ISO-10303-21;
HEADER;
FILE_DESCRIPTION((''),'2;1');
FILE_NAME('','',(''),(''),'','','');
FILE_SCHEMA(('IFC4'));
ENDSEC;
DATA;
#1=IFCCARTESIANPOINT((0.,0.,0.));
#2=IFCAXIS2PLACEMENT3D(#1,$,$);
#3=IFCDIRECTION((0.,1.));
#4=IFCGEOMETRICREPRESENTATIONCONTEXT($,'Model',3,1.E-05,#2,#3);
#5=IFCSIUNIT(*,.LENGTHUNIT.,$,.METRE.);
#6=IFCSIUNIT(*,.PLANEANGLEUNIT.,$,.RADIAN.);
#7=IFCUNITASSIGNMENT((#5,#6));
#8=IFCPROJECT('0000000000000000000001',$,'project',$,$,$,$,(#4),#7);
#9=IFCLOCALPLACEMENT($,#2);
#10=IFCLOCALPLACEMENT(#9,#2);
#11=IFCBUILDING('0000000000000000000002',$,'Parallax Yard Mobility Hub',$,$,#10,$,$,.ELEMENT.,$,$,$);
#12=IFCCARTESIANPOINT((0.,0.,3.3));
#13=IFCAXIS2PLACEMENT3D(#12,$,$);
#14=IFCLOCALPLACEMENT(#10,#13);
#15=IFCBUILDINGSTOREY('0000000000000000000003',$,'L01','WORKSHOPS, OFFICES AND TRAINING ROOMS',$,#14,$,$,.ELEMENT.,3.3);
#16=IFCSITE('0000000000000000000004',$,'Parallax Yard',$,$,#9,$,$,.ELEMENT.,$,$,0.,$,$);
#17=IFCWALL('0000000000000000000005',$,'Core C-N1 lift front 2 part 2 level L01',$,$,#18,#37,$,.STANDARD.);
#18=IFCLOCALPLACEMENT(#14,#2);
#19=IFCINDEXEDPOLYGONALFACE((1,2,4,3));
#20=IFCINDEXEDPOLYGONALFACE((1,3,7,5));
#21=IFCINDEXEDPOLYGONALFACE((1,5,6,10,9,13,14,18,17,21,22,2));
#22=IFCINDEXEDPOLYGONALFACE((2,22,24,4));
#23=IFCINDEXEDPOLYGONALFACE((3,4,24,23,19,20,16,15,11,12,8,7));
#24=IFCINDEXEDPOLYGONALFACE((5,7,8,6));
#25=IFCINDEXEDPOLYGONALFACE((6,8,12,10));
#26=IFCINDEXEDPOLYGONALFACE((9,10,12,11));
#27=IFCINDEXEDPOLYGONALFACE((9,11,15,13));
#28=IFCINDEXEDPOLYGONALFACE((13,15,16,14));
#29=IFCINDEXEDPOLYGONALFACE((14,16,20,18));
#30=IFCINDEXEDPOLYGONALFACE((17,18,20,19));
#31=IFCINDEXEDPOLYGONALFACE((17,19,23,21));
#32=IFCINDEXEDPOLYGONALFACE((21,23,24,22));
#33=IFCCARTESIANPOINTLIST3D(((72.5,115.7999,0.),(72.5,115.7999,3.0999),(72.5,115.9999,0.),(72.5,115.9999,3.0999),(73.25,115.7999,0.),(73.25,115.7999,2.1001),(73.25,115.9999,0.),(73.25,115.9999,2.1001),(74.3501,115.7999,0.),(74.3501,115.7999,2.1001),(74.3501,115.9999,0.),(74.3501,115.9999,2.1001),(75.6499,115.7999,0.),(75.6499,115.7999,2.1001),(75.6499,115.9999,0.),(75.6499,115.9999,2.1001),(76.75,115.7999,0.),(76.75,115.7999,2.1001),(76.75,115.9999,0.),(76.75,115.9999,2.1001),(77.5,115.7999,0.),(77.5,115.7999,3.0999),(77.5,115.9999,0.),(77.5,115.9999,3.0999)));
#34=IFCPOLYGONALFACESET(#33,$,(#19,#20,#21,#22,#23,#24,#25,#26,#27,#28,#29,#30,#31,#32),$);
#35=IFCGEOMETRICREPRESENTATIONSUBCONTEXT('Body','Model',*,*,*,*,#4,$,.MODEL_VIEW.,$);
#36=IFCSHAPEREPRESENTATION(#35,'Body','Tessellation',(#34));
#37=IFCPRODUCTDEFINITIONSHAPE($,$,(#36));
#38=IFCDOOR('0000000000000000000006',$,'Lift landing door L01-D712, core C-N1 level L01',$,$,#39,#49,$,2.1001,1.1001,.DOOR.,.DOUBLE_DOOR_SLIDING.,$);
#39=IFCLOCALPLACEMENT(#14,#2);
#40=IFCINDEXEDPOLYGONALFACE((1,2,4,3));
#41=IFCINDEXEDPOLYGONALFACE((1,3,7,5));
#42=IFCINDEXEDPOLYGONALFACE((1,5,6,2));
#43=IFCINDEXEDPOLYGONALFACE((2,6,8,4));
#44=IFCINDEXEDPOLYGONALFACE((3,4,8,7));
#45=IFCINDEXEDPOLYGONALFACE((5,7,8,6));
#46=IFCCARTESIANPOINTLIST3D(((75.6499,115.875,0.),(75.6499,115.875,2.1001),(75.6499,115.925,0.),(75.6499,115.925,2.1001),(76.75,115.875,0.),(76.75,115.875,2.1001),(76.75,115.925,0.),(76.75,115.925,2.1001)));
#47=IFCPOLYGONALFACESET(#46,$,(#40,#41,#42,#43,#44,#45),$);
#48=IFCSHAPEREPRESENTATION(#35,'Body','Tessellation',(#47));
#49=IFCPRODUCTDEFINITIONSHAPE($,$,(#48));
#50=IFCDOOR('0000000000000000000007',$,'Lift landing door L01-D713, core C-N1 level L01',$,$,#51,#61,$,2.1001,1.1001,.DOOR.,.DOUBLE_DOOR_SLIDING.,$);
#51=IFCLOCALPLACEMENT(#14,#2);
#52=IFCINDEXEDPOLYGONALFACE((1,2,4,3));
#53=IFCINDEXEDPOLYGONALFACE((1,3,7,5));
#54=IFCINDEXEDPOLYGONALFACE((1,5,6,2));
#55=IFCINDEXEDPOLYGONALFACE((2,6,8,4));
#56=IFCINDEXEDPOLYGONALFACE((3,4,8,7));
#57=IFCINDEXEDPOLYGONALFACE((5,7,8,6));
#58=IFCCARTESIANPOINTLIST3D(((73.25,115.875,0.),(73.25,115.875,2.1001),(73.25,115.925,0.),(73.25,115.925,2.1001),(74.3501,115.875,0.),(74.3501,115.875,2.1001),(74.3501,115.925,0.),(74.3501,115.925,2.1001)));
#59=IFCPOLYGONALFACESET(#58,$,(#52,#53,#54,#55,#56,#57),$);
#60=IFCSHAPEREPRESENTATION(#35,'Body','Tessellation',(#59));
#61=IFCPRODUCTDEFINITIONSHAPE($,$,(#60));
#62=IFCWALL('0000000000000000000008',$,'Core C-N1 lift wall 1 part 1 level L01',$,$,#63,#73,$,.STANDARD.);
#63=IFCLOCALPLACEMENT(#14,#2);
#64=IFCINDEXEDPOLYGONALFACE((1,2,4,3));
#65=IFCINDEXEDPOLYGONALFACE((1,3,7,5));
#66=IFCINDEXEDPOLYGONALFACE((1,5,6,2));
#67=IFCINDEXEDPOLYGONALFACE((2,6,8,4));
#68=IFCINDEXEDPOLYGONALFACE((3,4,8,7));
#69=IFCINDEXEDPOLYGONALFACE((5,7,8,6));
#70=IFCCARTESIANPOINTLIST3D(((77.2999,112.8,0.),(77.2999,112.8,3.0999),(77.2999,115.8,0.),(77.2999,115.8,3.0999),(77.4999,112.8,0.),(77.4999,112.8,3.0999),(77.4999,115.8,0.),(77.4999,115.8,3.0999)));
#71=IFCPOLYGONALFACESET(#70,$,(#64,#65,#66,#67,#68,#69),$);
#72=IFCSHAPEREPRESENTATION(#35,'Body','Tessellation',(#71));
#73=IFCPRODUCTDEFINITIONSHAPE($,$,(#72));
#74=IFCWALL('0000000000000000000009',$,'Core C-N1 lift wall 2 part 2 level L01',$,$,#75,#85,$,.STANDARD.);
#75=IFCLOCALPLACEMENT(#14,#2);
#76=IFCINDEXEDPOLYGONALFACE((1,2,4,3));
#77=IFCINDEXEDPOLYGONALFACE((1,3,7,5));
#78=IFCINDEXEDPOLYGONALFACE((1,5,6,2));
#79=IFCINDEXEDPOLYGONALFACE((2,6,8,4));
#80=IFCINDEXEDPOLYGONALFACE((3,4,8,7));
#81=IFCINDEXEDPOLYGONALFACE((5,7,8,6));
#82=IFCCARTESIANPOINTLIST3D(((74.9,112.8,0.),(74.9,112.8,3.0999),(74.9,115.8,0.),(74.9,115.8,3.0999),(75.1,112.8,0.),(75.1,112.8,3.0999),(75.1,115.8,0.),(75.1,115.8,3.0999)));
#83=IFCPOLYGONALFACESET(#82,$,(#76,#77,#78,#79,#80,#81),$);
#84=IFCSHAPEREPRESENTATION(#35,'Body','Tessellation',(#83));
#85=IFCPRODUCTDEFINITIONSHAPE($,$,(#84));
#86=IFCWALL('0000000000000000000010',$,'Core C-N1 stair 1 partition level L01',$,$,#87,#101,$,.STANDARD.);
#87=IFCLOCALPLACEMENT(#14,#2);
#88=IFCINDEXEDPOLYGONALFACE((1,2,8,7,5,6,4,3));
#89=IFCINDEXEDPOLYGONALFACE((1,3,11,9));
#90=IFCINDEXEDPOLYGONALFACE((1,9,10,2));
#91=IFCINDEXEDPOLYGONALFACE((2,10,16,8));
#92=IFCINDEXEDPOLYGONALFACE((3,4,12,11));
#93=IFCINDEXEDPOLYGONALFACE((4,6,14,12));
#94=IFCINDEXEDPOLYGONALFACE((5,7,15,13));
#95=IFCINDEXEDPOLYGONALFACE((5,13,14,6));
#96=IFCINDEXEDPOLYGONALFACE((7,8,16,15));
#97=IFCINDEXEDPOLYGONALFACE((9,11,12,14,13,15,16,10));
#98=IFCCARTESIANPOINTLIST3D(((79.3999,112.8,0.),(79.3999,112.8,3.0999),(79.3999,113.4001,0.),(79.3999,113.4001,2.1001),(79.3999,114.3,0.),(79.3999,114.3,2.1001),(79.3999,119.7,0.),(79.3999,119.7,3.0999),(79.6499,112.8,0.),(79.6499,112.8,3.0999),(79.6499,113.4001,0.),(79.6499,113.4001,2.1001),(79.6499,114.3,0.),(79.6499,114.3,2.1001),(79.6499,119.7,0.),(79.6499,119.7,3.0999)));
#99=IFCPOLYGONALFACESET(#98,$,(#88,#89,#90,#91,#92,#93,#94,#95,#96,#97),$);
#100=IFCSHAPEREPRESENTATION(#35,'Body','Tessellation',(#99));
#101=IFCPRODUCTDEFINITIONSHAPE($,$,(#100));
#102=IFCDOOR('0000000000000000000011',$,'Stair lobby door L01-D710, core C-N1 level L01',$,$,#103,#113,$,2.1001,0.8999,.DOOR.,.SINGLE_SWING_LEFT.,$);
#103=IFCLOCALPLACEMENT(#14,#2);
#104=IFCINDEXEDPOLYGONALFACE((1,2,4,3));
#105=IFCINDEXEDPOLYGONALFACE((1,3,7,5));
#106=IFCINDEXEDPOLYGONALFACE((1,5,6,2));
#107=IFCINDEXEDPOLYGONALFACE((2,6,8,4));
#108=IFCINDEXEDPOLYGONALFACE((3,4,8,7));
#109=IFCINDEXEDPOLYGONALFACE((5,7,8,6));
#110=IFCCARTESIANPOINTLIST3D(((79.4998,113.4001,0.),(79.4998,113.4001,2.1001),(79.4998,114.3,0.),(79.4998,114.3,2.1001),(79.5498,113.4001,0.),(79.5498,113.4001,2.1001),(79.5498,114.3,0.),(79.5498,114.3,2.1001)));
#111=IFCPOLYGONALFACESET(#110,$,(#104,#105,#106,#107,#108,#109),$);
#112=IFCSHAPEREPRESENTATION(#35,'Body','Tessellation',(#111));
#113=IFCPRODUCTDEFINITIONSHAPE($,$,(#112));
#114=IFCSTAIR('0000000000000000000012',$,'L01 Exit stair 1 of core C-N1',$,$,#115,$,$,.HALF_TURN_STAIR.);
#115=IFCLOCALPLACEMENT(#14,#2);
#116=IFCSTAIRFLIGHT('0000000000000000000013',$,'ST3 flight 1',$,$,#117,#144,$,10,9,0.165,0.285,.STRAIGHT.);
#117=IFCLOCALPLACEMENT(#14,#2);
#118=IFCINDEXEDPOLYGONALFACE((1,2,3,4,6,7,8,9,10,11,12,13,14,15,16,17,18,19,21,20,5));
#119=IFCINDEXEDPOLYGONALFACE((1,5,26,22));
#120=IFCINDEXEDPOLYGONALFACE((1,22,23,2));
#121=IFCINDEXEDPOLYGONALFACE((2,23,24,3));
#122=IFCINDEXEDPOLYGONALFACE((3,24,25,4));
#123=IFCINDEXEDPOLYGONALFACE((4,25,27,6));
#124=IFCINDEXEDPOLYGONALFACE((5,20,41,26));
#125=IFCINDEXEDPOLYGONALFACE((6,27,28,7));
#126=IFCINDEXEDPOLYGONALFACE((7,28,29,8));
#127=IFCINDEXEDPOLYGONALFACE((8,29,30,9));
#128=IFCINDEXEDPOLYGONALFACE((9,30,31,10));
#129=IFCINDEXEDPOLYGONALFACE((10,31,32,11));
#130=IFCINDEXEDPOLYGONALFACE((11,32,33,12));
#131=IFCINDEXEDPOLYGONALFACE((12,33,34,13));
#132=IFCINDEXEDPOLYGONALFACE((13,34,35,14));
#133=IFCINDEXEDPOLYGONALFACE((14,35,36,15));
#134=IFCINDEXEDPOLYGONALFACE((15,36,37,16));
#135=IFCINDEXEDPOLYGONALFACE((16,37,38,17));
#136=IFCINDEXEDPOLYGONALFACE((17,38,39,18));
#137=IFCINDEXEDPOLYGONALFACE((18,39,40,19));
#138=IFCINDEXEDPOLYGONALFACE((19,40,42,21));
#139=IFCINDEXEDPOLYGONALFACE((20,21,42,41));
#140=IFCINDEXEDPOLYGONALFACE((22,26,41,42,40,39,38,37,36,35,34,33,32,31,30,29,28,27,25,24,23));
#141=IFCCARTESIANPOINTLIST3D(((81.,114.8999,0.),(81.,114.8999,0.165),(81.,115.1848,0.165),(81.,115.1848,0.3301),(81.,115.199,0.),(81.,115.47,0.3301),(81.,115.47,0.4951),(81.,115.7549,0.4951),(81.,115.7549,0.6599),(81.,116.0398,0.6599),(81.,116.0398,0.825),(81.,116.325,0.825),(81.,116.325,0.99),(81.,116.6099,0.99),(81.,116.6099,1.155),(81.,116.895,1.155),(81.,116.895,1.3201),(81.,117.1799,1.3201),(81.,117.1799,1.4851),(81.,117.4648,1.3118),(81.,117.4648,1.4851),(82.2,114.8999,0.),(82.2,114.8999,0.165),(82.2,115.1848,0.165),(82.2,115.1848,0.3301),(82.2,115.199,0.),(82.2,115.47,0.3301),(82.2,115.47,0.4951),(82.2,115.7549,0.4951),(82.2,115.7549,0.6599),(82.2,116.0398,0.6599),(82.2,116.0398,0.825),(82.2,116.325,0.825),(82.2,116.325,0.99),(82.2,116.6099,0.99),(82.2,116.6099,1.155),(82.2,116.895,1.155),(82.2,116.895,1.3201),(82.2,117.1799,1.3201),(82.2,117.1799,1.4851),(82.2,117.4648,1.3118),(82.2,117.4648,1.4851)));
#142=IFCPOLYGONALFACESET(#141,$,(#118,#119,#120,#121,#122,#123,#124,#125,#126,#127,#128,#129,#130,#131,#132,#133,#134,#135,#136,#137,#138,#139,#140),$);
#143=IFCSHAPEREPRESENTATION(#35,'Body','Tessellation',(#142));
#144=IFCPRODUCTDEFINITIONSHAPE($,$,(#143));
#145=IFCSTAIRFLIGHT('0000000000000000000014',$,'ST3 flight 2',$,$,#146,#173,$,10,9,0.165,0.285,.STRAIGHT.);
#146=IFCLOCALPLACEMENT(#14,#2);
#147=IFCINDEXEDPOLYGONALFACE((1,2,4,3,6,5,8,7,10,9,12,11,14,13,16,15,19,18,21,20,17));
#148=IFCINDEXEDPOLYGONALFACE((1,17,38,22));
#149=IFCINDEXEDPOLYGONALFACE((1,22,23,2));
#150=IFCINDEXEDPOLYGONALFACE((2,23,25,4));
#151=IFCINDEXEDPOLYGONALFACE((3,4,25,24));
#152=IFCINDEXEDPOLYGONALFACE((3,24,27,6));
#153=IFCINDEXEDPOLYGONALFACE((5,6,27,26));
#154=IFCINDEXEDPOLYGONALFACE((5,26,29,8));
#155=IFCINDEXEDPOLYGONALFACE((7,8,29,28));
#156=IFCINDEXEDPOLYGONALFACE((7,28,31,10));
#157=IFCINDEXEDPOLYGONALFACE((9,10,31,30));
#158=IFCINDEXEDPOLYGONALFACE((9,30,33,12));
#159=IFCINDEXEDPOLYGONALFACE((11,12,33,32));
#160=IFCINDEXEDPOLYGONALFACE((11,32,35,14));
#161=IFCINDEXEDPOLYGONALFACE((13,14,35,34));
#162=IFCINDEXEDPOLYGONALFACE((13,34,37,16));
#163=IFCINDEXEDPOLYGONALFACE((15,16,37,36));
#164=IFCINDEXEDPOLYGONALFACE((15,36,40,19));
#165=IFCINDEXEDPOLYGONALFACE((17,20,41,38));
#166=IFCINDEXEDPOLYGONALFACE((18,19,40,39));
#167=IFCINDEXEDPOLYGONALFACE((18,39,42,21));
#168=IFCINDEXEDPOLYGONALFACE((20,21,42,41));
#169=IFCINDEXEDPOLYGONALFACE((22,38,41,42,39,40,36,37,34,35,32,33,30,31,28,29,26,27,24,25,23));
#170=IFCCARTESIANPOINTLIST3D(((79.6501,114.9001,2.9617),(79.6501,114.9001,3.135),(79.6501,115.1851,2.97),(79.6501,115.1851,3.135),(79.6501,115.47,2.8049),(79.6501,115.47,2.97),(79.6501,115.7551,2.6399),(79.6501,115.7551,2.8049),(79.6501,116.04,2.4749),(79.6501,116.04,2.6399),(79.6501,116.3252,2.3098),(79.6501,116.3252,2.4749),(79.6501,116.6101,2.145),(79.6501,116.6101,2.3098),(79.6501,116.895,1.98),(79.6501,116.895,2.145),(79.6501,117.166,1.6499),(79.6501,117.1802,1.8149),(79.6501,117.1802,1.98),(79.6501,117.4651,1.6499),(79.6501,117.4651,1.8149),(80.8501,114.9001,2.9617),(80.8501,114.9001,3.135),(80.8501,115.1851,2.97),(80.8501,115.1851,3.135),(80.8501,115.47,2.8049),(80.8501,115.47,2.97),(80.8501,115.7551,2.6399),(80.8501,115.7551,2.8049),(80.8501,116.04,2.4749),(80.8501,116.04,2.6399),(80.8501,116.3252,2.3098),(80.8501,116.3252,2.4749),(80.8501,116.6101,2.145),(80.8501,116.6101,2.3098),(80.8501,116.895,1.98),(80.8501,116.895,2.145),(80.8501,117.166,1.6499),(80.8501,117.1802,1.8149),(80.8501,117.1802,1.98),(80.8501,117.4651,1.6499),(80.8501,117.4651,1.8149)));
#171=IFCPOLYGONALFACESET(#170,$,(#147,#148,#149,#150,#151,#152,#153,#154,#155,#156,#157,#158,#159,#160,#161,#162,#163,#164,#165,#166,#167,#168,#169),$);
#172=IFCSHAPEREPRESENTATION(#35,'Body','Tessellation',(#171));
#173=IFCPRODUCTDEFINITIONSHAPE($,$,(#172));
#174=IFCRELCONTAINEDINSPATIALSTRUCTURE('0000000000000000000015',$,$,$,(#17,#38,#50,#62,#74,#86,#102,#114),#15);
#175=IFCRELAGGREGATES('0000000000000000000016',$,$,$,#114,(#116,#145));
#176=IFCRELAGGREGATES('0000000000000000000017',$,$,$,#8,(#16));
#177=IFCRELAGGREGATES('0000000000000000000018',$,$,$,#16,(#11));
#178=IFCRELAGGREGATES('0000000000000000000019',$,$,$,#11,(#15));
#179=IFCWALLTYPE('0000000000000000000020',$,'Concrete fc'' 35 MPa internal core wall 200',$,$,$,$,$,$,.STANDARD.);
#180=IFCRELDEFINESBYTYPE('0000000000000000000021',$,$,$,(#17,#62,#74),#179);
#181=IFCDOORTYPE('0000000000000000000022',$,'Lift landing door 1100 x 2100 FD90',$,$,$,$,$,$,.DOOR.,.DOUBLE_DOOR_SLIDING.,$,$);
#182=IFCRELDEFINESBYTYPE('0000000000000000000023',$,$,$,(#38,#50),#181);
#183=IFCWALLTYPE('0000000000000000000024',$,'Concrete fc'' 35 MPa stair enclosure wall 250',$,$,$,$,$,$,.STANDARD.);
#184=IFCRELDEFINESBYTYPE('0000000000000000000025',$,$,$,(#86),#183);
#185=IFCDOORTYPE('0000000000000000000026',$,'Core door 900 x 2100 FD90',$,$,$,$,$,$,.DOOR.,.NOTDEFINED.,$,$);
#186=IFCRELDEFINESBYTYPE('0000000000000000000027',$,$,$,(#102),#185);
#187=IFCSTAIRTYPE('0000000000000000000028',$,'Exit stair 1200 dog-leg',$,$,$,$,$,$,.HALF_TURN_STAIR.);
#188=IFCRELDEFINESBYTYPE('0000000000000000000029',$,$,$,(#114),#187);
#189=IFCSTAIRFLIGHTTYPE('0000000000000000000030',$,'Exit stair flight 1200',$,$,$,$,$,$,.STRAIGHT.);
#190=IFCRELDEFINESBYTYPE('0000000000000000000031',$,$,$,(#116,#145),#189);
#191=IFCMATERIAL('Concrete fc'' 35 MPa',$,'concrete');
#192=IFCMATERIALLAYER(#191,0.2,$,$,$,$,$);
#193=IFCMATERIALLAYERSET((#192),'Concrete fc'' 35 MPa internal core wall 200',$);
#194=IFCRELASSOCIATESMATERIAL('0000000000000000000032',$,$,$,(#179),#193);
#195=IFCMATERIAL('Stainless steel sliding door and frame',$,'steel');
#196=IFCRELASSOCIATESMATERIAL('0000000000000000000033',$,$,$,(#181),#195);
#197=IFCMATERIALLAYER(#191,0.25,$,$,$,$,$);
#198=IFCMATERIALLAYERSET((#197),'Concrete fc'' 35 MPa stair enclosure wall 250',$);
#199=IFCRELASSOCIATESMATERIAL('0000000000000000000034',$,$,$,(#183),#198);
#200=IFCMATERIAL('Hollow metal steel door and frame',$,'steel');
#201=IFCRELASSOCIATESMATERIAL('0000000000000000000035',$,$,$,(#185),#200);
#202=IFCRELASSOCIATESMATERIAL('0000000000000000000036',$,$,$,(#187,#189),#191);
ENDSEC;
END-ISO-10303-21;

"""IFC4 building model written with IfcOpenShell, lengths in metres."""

from ifc_helpers import new_model, si_unit, direction, frame, frame_2d, origin, place, context, subcontext, project, spatial, polyline, rectangle, outline, extrude, material, layer, layer_set, type_object, element, fill, aggregate, save


model = new_model("IFC4")

# Units and contexts
model_context = context("Model", 3, precision=1e-05, world=origin(), true_north=direction((0.0, 1.0)))
body_context = subcontext(model_context, "Body", "Model", "MODEL_VIEW")
ifc_project = project(units=[si_unit("LENGTHUNIT", "METRE"), si_unit("PLANEANGLEUNIT", "RADIAN")], contexts=[model_context])

# Site, building, storey
site_placement = place(None, origin())
site = spatial("IfcSite", under=ifc_project, at=site_placement, Name="Parallax Yard", CompositionType="ELEMENT", RefElevation=0.0)
building_placement = place(site_placement, origin())
building = spatial("IfcBuilding", under=site, at=building_placement, Name="Parallax Yard Mobility Hub", CompositionType="ELEMENT")
storey_placement = place(building_placement, frame((0.0, 0.0, 3.3)))
storey = spatial("IfcBuildingStorey", under=building, at=storey_placement, Name="L01", Description="WORKSHOPS, OFFICES AND TRAINING ROOMS", CompositionType="ELEMENT", Elevation=3.3)

# Shared definitions
ifc_material_1 = material(Name="Concrete fc' 35 MPa", Category="concrete")

# Wall, openings, doors
ifc_layer_1 = layer(ifc_material_1, 0.2)
ifc_layer_set_1 = layer_set([ifc_layer_1], Name="Concrete fc' 35 MPa internal core wall 200")
wall_type_1 = type_object("IfcWallType", Name="Concrete fc' 35 MPa internal core wall 200", PredefinedType="STANDARD", material=ifc_layer_set_1)
wall_1_placement = place(storey_placement, frame((77.5, 115.8999, 0.0), z_axis=(0.0, 0.0, 1.0), x_axis=(-1.0, 0.0, 0.0)))
wall_1 = element("IfcWall", 1, at=wall_1_placement, inside=storey, type_object=wall_type_1, Name="Core C-N1 lift front 2 part 2 level L01", PredefinedType="STANDARD", context=body_context, shape_type="SweptSolid", body=[
    extrude(rectangle(XDim=5.0, YDim=0.2, at=frame_2d((2.5, 0.0))), origin(), (0.0, 0.0, 1.0), 3.0999),
])
opening_1_placement = place(wall_1_placement, frame((0.75, 0.0, 0.0)))
opening_1 = element("IfcOpeningElement", 2, at=opening_1_placement, cuts=wall_1, PredefinedType="OPENING", context=body_context, shape_type="SweptSolid", body=[
    extrude(rectangle(XDim=1.1001, YDim=2.1001, at=frame_2d((0.55, 1.05))), frame((0.0, 0.1099, 0.0), z_axis=(0.0, -1.0, 0.0), x_axis=(1.0, 0.0, 0.0)), (0.0, 0.0, 1.0), 0.22),
])
opening_2_placement = place(wall_1_placement, frame((3.1499, 0.0, 0.0)))
opening_2 = element("IfcOpeningElement", 3, at=opening_2_placement, cuts=wall_1, PredefinedType="OPENING", context=body_context, shape_type="SweptSolid", body=[
    extrude(rectangle(XDim=1.1001, YDim=2.1001, at=frame_2d((0.55, 1.05))), frame((0.0, 0.1099, 0.0), z_axis=(0.0, -1.0, 0.0), x_axis=(1.0, 0.0, 0.0)), (0.0, 0.0, 1.0), 0.22),
])
ifc_material_2 = material(Name="Stainless steel sliding door and frame", Category="steel")
door_type_1 = type_object("IfcDoorType", Name="Lift landing door 1100 x 2100 FD90", OperationType="DOUBLE_DOOR_SLIDING", PredefinedType="DOOR", material=ifc_material_2)
door_1_placement = place(opening_1_placement, origin())
door_1 = element("IfcDoor", 4, at=door_1_placement, inside=storey, type_object=door_type_1, Name="Lift landing door L01-D712, core C-N1 level L01", OperationType="DOUBLE_DOOR_SLIDING", OverallHeight=2.1001, OverallWidth=1.1001, PredefinedType="DOOR", context=body_context, shape_type="SweptSolid", body=[
    extrude(rectangle(XDim=1.1001, YDim=2.1001, at=frame_2d((0.55, 1.05))), frame((0.0, 0.0249, 0.0), z_axis=(0.0, -1.0, 0.0), x_axis=(1.0, 0.0, 0.0)), (0.0, 0.0, 1.0), 0.05),
])
fill(opening_1, door_1)
door_2_placement = place(opening_2_placement, origin())
door_2 = element("IfcDoor", 5, at=door_2_placement, inside=storey, type_object=door_type_1, Name="Lift landing door L01-D713, core C-N1 level L01", OperationType="DOUBLE_DOOR_SLIDING", OverallHeight=2.1001, OverallWidth=1.1001, PredefinedType="DOOR", context=body_context, shape_type="SweptSolid", body=[
    extrude(rectangle(XDim=1.1001, YDim=2.1001, at=frame_2d((0.55, 1.05))), frame((0.0, 0.0249, 0.0), z_axis=(0.0, -1.0, 0.0), x_axis=(1.0, 0.0, 0.0)), (0.0, 0.0, 1.0), 0.05),
])
fill(opening_2, door_2)

# Walls
for number, where, z_axis, x_axis, name in (
    (6, (77.3999, 115.8, 0.0), (0.0, 0.0, 1.0), (0.0, -1.0, 0.0), "Core C-N1 lift wall 1 part 1 level L01"),
    (7, (75.0, 115.8, 0.0), (0.0, 0.0, 1.0), (0.0, -1.0, 0.0), "Core C-N1 lift wall 2 part 2 level L01"),
):
    element("IfcWall", number, at=place(storey_placement, frame(where, z_axis=z_axis, x_axis=x_axis)), inside=storey, type_object=wall_type_1, Name=name, PredefinedType="STANDARD", context=body_context, shape_type="SweptSolid", body=[
        extrude(rectangle(XDim=3.0, YDim=0.2, at=frame_2d((1.5, 0.0))), origin(), (0.0, 0.0, 1.0), 3.0999),
    ])

# Wall, opening, door
ifc_layer_2 = layer(ifc_material_1, 0.25)
ifc_layer_set_2 = layer_set([ifc_layer_2], Name="Concrete fc' 35 MPa stair enclosure wall 250")
wall_type_2 = type_object("IfcWallType", Name="Concrete fc' 35 MPa stair enclosure wall 250", PredefinedType="STANDARD", material=ifc_layer_set_2)
wall_2_placement = place(storey_placement, frame((79.5249, 119.7, 0.0), z_axis=(0.0, 0.0, 1.0), x_axis=(0.0, -1.0, 0.0)))
wall_2 = element("IfcWall", 8, at=wall_2_placement, inside=storey, type_object=wall_type_2, Name="Core C-N1 stair 1 partition level L01", PredefinedType="STANDARD", context=body_context, shape_type="SweptSolid", body=[
    extrude(rectangle(XDim=6.8999, YDim=0.25, at=frame_2d((3.45, 0.0))), origin(), (0.0, 0.0, 1.0), 3.0999),
])
opening_3_placement = place(wall_2_placement, frame((5.3999, 0.0, 0.0)))
opening_3 = element("IfcOpeningElement", 9, at=opening_3_placement, cuts=wall_2, PredefinedType="OPENING", context=body_context, shape_type="SweptSolid", body=[
    extrude(rectangle(XDim=0.8999, YDim=2.1001, at=frame_2d((0.45, 1.05))), frame((0.0, 0.135, 0.0), z_axis=(0.0, -1.0, 0.0), x_axis=(1.0, 0.0, 0.0)), (0.0, 0.0, 1.0), 0.27),
])
ifc_material_3 = material(Name="Hollow metal steel door and frame", Category="steel")
door_type_2 = type_object("IfcDoorType", Name="Core door 900 x 2100 FD90", OperationType="NOTDEFINED", PredefinedType="DOOR", material=ifc_material_3)
door_3_placement = place(opening_3_placement, origin())
door_3 = element("IfcDoor", 10, at=door_3_placement, inside=storey, type_object=door_type_2, Name="Stair lobby door L01-D710, core C-N1 level L01", OperationType="SINGLE_SWING_LEFT", OverallHeight=2.1001, OverallWidth=0.8999, PredefinedType="DOOR", context=body_context, shape_type="SweptSolid", body=[
    extrude(rectangle(XDim=0.8999, YDim=2.1001, at=frame_2d((0.45, 1.05))), frame((0.0, 0.0249, 0.0), z_axis=(0.0, -1.0, 0.0), x_axis=(1.0, 0.0, 0.0)), (0.0, 0.0, 1.0), 0.05),
])
fill(opening_3, door_3)

# Stair, stair flights
stair_type = type_object("IfcStairType", Name="Exit stair 1200 dog-leg", PredefinedType="HALF_TURN_STAIR", material=ifc_material_1)
stair_placement = place(storey_placement, origin())
stair = element("IfcStair", 11, at=stair_placement, inside=storey, type_object=stair_type, Name="L01 Exit stair 1 of core C-N1", PredefinedType="HALF_TURN_STAIR")
stair_flight_type = type_object("IfcStairFlightType", Name="Exit stair flight 1200", PredefinedType="STRAIGHT", material=ifc_material_1)
stair_flight_1_placement = place(storey_placement, frame((81.6001, 114.8999, 0.0), z_axis=(0.0, 0.0, 1.0), x_axis=(0.0, 1.0, 0.0)))
stair_flight_1 = element("IfcStairFlight", 12, at=stair_flight_1_placement, type_object=stair_flight_type, Name="ST3 flight 1", NumberOfRisers=10, NumberOfTreads=9, PredefinedType="STRAIGHT", RiserHeight=0.165, TreadLength=0.285, context=body_context, shape_type="SweptSolid", body=[
    extrude(outline(polyline([(0.0, 0.0), (0.0, 0.165), (0.2849, 0.165), (0.2849, 0.3301), (0.5701, 0.3301), (0.5701, 0.4951), (0.855, 0.4951), (0.855, 0.6599), (1.1399, 0.6599), (1.1399, 0.825), (1.425, 0.825), (1.425, 0.99), (1.71, 0.99), (1.71, 1.155), (1.9951, 1.155), (1.9951, 1.3201), (2.28, 1.3201), (2.28, 1.4851), (2.5649, 1.4851), (2.5649, 1.6499), (2.5649, 1.3118), (0.2991, 0.0), (0.0, 0.0)])), frame((0.0, 0.6001, 0.0), z_axis=(0.0, -1.0, 0.0), x_axis=(1.0, 0.0, 0.0)), (0.0, 0.0, 1.0), 1.2),
])
stair_flight_2_placement = place(storey_placement, frame((80.25, 117.4651, 1.6499), z_axis=(0.0, 0.0, 1.0), x_axis=(0.0, -1.0, 0.0)))
stair_flight_2 = element("IfcStairFlight", 13, at=stair_flight_2_placement, type_object=stair_flight_type, Name="ST3 flight 2", NumberOfRisers=10, NumberOfTreads=9, PredefinedType="STRAIGHT", RiserHeight=0.165, TreadLength=0.285, context=body_context, shape_type="SweptSolid", body=[
    extrude(outline(polyline([(0.0, 0.0), (0.0, 0.165), (0.2849, 0.165), (0.2849, 0.3301), (0.5701, 0.3301), (0.5701, 0.4951), (0.855, 0.4951), (0.855, 0.6599), (1.1399, 0.6599), (1.1399, 0.825), (1.425, 0.825), (1.425, 0.99), (1.71, 0.99), (1.71, 1.155), (1.9951, 1.155), (1.9951, 1.3201), (2.28, 1.3201), (2.28, 1.4851), (2.5649, 1.4851), (2.5649, 1.6499), (2.5649, 1.3118), (0.2991, 0.0), (0.0, 0.0)])), frame((0.0, 0.6001, 0.0), z_axis=(0.0, -1.0, 0.0), x_axis=(1.0, 0.0, 0.0)), (0.0, 0.0, 1.0), 1.2),
])
aggregate(stair, [stair_flight_1, stair_flight_2])

save(model, "model.ifc")
